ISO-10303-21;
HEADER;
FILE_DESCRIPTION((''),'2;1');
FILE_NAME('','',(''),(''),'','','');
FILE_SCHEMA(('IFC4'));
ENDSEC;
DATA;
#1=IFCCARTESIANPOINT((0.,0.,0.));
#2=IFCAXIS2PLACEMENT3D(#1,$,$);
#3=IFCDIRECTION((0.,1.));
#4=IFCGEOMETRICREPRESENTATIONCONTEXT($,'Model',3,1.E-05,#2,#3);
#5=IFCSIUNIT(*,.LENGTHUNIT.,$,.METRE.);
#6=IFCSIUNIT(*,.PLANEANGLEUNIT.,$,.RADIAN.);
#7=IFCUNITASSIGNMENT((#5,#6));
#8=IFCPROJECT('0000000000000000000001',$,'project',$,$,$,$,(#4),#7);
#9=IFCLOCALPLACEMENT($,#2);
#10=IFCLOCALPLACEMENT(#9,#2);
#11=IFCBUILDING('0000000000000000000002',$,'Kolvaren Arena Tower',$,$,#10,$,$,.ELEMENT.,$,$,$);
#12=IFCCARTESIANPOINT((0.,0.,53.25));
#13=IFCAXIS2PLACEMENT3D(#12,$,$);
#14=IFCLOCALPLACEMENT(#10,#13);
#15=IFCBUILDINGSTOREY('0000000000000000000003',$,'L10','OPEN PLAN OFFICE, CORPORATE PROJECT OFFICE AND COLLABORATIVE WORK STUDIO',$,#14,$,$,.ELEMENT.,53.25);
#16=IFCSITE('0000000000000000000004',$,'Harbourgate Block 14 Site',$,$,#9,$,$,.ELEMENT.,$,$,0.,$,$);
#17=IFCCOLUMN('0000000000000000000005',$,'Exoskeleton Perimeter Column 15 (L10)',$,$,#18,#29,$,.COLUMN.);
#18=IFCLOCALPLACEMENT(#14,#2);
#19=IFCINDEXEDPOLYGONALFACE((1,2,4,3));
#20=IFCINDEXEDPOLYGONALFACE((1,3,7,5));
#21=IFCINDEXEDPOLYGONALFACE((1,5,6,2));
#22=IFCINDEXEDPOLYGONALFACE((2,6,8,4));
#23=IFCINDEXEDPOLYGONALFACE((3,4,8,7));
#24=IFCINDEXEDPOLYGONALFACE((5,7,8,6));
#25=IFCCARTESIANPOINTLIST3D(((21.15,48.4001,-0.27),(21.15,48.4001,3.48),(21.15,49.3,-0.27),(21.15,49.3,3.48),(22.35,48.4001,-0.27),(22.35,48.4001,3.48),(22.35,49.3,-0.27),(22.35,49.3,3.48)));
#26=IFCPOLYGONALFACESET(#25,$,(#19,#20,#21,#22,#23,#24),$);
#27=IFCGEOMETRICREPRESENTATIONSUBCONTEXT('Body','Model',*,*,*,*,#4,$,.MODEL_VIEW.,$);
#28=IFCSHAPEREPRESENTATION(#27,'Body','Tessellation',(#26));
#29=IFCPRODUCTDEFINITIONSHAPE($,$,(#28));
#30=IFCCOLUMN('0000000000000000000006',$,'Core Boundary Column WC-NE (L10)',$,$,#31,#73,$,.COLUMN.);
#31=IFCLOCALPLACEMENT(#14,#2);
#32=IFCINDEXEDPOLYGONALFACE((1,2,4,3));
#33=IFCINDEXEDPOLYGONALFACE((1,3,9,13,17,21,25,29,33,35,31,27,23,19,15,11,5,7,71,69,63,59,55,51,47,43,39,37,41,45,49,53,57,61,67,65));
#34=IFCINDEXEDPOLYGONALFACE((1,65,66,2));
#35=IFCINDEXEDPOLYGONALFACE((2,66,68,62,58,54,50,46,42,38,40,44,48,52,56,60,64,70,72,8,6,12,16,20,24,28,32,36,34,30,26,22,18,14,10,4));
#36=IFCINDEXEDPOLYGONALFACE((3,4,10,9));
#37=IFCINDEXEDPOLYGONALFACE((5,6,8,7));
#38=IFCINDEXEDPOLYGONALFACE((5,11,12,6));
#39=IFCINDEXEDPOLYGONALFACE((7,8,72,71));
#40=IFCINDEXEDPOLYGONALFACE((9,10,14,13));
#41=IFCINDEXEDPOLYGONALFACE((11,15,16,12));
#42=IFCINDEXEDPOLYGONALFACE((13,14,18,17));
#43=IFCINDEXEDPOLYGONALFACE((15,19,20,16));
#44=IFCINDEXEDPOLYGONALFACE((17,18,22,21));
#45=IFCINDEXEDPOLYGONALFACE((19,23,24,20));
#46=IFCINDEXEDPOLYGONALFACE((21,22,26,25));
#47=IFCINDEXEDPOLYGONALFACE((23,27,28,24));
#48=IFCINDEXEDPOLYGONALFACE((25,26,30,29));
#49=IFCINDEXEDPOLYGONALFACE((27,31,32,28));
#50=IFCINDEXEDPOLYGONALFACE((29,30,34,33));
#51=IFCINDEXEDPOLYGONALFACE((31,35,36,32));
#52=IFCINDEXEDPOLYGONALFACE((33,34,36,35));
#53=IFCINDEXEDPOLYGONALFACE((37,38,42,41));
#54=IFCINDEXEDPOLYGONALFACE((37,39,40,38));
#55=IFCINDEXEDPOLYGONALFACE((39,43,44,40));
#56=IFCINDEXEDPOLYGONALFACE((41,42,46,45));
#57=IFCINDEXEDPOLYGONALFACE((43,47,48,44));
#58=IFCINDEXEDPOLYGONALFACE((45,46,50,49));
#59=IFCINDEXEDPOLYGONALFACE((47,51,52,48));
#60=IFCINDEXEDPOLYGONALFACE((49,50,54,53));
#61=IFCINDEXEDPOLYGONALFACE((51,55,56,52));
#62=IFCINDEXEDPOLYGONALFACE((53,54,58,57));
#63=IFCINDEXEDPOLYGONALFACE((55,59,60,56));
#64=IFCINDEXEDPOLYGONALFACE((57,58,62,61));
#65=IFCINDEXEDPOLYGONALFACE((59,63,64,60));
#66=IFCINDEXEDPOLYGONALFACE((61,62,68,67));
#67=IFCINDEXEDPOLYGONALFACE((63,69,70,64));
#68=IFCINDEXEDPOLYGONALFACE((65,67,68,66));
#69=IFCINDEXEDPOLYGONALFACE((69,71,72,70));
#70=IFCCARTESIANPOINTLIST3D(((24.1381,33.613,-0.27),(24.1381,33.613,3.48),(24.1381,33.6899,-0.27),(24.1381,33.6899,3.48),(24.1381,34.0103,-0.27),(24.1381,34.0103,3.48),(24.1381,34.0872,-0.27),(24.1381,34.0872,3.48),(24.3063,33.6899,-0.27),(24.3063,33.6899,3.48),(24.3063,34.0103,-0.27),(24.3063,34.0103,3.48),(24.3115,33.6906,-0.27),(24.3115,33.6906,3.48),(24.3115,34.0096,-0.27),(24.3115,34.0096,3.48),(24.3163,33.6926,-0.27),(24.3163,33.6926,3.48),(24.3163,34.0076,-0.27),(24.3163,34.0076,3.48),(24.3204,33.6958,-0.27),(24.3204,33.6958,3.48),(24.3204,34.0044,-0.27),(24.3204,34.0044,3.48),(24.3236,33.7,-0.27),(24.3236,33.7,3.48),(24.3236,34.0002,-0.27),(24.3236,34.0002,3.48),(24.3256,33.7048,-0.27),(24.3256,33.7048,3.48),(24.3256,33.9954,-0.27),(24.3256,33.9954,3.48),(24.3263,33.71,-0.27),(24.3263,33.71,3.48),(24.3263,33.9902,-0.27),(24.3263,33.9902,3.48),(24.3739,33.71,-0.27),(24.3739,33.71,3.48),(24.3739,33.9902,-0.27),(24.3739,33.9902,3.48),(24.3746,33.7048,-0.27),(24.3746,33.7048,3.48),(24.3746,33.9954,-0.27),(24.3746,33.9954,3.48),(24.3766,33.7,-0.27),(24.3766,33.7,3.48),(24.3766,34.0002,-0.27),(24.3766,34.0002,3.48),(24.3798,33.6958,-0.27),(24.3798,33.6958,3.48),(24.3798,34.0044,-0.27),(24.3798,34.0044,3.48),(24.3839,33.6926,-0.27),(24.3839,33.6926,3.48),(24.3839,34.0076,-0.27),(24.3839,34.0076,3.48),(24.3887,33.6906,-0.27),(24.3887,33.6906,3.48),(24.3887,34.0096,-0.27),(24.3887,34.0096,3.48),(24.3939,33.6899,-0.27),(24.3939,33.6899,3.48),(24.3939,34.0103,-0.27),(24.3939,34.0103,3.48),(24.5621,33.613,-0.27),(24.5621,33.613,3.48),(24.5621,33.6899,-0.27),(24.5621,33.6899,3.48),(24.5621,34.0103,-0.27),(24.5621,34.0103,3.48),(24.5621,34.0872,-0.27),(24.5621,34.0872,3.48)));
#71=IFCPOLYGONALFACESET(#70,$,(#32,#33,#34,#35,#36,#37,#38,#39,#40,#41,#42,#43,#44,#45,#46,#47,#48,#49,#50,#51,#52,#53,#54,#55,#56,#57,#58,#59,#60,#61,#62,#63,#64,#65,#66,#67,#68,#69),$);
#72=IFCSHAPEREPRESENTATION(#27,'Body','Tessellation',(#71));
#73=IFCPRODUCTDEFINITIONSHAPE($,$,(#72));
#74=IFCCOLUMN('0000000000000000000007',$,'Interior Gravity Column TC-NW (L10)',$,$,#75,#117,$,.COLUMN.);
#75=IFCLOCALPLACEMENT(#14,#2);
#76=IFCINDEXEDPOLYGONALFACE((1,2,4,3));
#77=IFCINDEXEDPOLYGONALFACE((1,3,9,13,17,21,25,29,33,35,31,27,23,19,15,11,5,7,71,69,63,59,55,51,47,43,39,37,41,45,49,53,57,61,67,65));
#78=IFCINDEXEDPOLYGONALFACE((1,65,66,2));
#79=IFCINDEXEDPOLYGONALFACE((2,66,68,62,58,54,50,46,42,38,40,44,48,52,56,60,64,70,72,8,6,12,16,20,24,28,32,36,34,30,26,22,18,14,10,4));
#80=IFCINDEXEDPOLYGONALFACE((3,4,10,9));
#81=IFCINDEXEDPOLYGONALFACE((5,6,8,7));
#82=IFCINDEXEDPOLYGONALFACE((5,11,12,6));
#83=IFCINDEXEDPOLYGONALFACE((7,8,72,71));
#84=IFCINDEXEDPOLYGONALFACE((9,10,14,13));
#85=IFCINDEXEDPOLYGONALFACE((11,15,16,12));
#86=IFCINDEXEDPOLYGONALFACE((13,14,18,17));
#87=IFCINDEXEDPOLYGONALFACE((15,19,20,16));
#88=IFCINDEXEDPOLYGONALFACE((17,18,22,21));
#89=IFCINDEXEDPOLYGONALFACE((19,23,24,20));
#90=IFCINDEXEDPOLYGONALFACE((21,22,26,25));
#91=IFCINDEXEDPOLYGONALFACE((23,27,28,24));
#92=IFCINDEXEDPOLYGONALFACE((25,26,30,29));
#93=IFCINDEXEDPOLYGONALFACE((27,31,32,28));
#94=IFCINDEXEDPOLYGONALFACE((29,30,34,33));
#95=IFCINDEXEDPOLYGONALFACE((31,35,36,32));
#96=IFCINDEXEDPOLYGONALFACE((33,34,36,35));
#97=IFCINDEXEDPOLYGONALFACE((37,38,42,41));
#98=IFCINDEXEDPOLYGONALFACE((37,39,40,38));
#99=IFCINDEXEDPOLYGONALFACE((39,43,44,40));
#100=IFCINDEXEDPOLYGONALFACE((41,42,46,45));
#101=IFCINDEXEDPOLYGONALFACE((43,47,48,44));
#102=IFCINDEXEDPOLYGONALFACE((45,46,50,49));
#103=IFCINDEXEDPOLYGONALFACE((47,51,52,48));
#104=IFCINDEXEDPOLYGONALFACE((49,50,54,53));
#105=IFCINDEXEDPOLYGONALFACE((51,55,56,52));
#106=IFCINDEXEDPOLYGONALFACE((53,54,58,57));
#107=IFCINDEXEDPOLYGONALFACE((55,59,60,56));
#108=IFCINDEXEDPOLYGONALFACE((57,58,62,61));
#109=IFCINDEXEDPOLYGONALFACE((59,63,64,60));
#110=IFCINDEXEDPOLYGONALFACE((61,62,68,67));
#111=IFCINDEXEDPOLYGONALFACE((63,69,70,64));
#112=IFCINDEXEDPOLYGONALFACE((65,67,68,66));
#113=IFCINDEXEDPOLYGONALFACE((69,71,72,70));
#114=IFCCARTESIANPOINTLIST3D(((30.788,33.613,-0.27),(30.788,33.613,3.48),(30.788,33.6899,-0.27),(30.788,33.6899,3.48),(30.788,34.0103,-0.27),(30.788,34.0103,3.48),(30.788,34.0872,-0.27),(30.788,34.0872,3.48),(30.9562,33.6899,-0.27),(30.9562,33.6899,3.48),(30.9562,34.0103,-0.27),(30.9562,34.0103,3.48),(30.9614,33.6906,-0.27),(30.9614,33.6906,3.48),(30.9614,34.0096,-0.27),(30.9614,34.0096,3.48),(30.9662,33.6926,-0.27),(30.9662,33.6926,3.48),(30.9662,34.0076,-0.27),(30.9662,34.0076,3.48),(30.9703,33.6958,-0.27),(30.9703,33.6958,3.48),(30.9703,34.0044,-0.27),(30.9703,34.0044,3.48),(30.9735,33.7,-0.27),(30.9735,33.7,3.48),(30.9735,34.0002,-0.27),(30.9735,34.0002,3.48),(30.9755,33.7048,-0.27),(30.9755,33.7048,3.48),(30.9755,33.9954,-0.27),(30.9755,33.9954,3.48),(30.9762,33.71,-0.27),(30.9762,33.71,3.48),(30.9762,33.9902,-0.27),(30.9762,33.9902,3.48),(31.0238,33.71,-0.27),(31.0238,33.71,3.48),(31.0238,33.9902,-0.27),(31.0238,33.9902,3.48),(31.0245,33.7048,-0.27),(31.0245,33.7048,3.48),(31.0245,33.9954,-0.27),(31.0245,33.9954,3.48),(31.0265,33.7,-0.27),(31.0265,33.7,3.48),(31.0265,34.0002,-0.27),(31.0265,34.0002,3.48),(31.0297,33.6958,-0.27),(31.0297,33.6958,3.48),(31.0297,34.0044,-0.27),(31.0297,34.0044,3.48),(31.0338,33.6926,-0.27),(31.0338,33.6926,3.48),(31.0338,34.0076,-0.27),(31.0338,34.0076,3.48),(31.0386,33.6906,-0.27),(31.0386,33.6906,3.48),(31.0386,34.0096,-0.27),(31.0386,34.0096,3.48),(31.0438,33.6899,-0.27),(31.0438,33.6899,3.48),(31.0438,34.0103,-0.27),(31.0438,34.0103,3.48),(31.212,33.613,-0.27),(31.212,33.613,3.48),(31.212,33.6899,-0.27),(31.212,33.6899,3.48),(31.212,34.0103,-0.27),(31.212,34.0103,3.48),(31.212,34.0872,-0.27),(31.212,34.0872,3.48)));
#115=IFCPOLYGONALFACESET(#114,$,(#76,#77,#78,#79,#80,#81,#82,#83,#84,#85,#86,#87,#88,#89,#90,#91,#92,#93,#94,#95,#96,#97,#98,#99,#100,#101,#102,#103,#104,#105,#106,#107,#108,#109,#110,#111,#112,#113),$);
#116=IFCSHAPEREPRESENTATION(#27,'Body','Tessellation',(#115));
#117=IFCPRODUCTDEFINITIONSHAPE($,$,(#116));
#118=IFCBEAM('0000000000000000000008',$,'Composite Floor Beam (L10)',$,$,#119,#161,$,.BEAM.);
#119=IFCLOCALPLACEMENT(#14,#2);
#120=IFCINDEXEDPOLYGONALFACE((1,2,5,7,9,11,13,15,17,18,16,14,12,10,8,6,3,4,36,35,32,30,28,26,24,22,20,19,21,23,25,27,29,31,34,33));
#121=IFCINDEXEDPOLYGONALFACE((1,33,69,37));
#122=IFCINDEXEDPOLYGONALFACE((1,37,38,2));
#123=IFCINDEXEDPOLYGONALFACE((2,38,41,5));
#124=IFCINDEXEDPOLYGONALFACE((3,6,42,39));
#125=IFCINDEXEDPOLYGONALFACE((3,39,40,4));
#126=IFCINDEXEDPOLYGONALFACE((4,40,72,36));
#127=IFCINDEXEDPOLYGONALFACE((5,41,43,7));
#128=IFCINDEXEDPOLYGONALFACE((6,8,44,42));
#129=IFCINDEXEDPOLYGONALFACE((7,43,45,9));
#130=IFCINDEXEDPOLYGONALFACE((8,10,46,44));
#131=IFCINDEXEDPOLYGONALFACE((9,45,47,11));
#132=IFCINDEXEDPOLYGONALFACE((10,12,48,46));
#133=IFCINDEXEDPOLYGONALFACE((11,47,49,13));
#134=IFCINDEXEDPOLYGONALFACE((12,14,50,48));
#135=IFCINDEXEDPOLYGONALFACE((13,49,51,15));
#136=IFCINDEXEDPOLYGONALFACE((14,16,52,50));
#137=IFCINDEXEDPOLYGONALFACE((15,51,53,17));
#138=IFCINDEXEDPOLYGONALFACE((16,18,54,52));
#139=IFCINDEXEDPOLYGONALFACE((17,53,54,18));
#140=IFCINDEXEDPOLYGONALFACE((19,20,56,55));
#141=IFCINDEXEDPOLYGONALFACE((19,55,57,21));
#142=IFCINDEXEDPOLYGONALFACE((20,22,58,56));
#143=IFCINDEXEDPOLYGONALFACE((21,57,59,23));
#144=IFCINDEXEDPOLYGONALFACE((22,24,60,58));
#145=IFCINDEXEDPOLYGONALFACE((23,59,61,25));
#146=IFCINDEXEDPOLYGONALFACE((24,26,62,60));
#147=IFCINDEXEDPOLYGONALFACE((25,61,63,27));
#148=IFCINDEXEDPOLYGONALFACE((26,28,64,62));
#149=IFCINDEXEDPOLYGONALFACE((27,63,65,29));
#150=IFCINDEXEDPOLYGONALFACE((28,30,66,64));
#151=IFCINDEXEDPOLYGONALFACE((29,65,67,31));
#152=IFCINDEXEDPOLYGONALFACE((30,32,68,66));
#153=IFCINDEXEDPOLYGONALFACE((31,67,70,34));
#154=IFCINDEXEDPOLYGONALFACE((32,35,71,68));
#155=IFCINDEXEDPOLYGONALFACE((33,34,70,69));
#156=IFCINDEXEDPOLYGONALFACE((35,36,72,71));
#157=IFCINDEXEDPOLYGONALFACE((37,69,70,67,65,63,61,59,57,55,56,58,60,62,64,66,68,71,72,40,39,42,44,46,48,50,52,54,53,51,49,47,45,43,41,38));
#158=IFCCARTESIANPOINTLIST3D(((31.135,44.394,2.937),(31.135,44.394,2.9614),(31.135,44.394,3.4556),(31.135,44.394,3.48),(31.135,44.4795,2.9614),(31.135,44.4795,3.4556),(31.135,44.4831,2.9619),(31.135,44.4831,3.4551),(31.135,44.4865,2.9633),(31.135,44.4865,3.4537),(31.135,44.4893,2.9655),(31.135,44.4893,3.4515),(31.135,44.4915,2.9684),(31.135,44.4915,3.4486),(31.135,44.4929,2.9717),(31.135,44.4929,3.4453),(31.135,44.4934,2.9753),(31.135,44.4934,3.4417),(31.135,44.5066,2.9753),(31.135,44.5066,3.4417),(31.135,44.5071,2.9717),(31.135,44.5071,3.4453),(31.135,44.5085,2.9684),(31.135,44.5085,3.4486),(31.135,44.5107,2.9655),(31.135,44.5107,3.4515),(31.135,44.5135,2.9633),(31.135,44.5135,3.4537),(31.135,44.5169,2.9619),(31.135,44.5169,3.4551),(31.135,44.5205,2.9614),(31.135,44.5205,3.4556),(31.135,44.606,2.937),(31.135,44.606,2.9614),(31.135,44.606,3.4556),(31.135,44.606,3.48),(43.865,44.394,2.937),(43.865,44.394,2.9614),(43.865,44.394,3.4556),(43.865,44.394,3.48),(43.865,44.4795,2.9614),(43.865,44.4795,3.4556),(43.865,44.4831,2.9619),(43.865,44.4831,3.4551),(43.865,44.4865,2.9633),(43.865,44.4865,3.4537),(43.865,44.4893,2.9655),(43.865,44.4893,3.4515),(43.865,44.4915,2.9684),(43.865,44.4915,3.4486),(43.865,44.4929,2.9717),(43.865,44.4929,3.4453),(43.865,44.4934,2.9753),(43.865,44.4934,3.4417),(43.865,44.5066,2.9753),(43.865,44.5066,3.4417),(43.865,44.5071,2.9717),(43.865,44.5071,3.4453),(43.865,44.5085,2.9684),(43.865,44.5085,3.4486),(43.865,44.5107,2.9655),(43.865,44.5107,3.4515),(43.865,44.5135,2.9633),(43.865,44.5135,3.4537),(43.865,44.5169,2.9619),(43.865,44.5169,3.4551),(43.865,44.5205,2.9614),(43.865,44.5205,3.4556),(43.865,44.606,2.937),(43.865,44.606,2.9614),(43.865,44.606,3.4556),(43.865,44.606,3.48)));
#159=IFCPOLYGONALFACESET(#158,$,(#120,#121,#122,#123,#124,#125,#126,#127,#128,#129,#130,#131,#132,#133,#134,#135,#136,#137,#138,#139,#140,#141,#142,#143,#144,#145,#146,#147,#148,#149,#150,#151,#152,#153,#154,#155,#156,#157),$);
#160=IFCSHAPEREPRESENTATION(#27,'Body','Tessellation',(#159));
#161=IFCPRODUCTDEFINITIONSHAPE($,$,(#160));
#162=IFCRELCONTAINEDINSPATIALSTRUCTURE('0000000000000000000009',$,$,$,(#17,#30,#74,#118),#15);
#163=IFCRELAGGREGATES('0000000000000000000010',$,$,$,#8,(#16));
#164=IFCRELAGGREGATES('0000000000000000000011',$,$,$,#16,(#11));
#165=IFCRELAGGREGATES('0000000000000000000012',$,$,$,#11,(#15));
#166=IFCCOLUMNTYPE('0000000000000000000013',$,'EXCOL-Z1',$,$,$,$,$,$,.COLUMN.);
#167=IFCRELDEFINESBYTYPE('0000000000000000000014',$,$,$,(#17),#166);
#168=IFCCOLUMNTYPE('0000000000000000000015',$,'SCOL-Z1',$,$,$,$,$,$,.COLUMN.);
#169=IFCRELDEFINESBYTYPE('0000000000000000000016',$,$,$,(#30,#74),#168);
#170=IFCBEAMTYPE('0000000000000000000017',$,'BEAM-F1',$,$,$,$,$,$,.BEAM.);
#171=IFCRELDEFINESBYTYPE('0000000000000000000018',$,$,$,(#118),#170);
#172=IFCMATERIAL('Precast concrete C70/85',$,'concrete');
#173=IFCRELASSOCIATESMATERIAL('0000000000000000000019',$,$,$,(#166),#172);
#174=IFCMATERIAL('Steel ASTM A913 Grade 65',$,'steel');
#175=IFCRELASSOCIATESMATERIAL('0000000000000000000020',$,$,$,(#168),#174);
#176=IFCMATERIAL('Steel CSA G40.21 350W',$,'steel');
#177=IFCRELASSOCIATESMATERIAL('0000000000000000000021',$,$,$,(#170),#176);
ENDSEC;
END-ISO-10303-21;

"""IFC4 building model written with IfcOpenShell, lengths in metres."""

from ifc_helpers import new_model, si_unit, direction, frame, origin, origin_2d, place, context, subcontext, project, spatial, rectangle, i_section, extrude, material, material_profile, profile_set, type_object, element, save


model = new_model("IFC4")

# Units and contexts
model_context = context("Model", 3, precision=1e-05, world=origin(), true_north=direction((0.0, 1.0)))
body_context = subcontext(model_context, "Body", "Model", "MODEL_VIEW")
ifc_project = project(units=[si_unit("LENGTHUNIT", "METRE"), si_unit("PLANEANGLEUNIT", "RADIAN")], contexts=[model_context])

# Site, building, storey
site_placement = place(None, origin())
site = spatial("IfcSite", under=ifc_project, at=site_placement, Name="Harbourgate Block 14 Site", CompositionType="ELEMENT", RefElevation=0.0)
building_placement = place(site_placement, origin())
building = spatial("IfcBuilding", under=site, at=building_placement, Name="Kolvaren Arena Tower", CompositionType="ELEMENT")
storey_placement = place(building_placement, frame((0.0, 0.0, 53.25)))
storey = spatial("IfcBuildingStorey", under=building, at=storey_placement, Name="L10", Description="OPEN PLAN OFFICE, CORPORATE PROJECT OFFICE AND COLLABORATIVE WORK STUDIO", CompositionType="ELEMENT", Elevation=53.25)

# Columns
ifc_material_1 = material(Name="Precast concrete C70/85", Category="concrete")
ifc_material_profile_1 = material_profile(ifc_material_1, rectangle(XDim=1.2, YDim=0.8999, at=origin_2d()), Name="RC-1200x900")
ifc_profile_set_1 = profile_set([ifc_material_profile_1], Name="Precast concrete C70/85")
column_type_1 = type_object("IfcColumnType", Name="EXCOL-Z1", PredefinedType="COLUMN", material=ifc_profile_set_1)
column_placement = place(storey_placement, frame((21.75, 48.8501, -0.27), z_axis=(0.0, 0.0, 1.0), x_axis=(1.0, 0.0, 0.0)))
element("IfcColumn", 1, at=column_placement, inside=storey, type_object=column_type_1, Name="Exoskeleton Perimeter Column 15 (L10)", PredefinedType="COLUMN", context=body_context, shape_type="SweptSolid", body=[
    extrude(rectangle(XDim=1.2, YDim=0.8999, at=origin_2d()), origin(), (0.0, 0.0, 1.0), 3.75),
])
ifc_material_2 = material(Name="Steel ASTM A913 Grade 65", Category="steel")
ifc_material_profile_2 = material_profile(ifc_material_2, i_section(OverallWidth=0.4241, OverallDepth=0.4741, WebThickness=0.0476, FlangeThickness=0.0769, FilletRadius=0.02, at=origin_2d()), Name="W360x634")
ifc_profile_set_2 = profile_set([ifc_material_profile_2], Name="Steel ASTM A913 Grade 65")
column_type_2 = type_object("IfcColumnType", Name="SCOL-Z1", PredefinedType="COLUMN", material=ifc_profile_set_2)
for number, where, z_axis, x_axis, name in (
    (2, (24.3501, 33.8501, -0.27), (0.0, 0.0, 1.0), (1.0, 0.0, 0.0), "Core Boundary Column WC-NE (L10)"),
    (3, (31.0, 33.8501, -0.27), (0.0, 0.0, 1.0), (1.0, 0.0, 0.0), "Interior Gravity Column TC-NW (L10)"),
):
    element("IfcColumn", number, at=place(storey_placement, frame(where, z_axis=z_axis, x_axis=x_axis)), inside=storey, type_object=column_type_2, Name=name, PredefinedType="COLUMN", context=body_context, shape_type="SweptSolid", body=[
        extrude(i_section(OverallWidth=0.4241, OverallDepth=0.4741, WebThickness=0.0476, FlangeThickness=0.0769, FilletRadius=0.02, at=origin_2d()), origin(), (0.0, 0.0, 1.0), 3.75),
    ])

# Beam
ifc_material_3 = material(Name="Steel CSA G40.21 350W", Category="steel")
ifc_material_profile_3 = material_profile(ifc_material_3, i_section(OverallWidth=0.2119, OverallDepth=0.543, WebThickness=0.0132, FlangeThickness=0.0244, FilletRadius=0.0139, at=origin_2d()), Name="W530x150")
ifc_profile_set_3 = profile_set([ifc_material_profile_3], Name="Steel CSA G40.21 350W")
beam_type_1 = type_object("IfcBeamType", Name="BEAM-F1", PredefinedType="BEAM", material=ifc_profile_set_3)
beam_1_placement = place(storey_placement, frame((31.135, 44.5, 3.2085), z_axis=(1.0, 0.0, 0.0), x_axis=(0.0, 1.0, 0.0)))
element("IfcBeam", 4, at=beam_1_placement, inside=storey, type_object=beam_type_1, Name="Composite Floor Beam (L10)", PredefinedType="BEAM", context=body_context, shape_type="SweptSolid", body=[
    extrude(i_section(OverallWidth=0.2119, OverallDepth=0.543, WebThickness=0.0132, FlangeThickness=0.0244, FilletRadius=0.0139, at=origin_2d()), origin(), (0.0, 0.0, 1.0), 12.73),
])

save(model, "model.ifc")
